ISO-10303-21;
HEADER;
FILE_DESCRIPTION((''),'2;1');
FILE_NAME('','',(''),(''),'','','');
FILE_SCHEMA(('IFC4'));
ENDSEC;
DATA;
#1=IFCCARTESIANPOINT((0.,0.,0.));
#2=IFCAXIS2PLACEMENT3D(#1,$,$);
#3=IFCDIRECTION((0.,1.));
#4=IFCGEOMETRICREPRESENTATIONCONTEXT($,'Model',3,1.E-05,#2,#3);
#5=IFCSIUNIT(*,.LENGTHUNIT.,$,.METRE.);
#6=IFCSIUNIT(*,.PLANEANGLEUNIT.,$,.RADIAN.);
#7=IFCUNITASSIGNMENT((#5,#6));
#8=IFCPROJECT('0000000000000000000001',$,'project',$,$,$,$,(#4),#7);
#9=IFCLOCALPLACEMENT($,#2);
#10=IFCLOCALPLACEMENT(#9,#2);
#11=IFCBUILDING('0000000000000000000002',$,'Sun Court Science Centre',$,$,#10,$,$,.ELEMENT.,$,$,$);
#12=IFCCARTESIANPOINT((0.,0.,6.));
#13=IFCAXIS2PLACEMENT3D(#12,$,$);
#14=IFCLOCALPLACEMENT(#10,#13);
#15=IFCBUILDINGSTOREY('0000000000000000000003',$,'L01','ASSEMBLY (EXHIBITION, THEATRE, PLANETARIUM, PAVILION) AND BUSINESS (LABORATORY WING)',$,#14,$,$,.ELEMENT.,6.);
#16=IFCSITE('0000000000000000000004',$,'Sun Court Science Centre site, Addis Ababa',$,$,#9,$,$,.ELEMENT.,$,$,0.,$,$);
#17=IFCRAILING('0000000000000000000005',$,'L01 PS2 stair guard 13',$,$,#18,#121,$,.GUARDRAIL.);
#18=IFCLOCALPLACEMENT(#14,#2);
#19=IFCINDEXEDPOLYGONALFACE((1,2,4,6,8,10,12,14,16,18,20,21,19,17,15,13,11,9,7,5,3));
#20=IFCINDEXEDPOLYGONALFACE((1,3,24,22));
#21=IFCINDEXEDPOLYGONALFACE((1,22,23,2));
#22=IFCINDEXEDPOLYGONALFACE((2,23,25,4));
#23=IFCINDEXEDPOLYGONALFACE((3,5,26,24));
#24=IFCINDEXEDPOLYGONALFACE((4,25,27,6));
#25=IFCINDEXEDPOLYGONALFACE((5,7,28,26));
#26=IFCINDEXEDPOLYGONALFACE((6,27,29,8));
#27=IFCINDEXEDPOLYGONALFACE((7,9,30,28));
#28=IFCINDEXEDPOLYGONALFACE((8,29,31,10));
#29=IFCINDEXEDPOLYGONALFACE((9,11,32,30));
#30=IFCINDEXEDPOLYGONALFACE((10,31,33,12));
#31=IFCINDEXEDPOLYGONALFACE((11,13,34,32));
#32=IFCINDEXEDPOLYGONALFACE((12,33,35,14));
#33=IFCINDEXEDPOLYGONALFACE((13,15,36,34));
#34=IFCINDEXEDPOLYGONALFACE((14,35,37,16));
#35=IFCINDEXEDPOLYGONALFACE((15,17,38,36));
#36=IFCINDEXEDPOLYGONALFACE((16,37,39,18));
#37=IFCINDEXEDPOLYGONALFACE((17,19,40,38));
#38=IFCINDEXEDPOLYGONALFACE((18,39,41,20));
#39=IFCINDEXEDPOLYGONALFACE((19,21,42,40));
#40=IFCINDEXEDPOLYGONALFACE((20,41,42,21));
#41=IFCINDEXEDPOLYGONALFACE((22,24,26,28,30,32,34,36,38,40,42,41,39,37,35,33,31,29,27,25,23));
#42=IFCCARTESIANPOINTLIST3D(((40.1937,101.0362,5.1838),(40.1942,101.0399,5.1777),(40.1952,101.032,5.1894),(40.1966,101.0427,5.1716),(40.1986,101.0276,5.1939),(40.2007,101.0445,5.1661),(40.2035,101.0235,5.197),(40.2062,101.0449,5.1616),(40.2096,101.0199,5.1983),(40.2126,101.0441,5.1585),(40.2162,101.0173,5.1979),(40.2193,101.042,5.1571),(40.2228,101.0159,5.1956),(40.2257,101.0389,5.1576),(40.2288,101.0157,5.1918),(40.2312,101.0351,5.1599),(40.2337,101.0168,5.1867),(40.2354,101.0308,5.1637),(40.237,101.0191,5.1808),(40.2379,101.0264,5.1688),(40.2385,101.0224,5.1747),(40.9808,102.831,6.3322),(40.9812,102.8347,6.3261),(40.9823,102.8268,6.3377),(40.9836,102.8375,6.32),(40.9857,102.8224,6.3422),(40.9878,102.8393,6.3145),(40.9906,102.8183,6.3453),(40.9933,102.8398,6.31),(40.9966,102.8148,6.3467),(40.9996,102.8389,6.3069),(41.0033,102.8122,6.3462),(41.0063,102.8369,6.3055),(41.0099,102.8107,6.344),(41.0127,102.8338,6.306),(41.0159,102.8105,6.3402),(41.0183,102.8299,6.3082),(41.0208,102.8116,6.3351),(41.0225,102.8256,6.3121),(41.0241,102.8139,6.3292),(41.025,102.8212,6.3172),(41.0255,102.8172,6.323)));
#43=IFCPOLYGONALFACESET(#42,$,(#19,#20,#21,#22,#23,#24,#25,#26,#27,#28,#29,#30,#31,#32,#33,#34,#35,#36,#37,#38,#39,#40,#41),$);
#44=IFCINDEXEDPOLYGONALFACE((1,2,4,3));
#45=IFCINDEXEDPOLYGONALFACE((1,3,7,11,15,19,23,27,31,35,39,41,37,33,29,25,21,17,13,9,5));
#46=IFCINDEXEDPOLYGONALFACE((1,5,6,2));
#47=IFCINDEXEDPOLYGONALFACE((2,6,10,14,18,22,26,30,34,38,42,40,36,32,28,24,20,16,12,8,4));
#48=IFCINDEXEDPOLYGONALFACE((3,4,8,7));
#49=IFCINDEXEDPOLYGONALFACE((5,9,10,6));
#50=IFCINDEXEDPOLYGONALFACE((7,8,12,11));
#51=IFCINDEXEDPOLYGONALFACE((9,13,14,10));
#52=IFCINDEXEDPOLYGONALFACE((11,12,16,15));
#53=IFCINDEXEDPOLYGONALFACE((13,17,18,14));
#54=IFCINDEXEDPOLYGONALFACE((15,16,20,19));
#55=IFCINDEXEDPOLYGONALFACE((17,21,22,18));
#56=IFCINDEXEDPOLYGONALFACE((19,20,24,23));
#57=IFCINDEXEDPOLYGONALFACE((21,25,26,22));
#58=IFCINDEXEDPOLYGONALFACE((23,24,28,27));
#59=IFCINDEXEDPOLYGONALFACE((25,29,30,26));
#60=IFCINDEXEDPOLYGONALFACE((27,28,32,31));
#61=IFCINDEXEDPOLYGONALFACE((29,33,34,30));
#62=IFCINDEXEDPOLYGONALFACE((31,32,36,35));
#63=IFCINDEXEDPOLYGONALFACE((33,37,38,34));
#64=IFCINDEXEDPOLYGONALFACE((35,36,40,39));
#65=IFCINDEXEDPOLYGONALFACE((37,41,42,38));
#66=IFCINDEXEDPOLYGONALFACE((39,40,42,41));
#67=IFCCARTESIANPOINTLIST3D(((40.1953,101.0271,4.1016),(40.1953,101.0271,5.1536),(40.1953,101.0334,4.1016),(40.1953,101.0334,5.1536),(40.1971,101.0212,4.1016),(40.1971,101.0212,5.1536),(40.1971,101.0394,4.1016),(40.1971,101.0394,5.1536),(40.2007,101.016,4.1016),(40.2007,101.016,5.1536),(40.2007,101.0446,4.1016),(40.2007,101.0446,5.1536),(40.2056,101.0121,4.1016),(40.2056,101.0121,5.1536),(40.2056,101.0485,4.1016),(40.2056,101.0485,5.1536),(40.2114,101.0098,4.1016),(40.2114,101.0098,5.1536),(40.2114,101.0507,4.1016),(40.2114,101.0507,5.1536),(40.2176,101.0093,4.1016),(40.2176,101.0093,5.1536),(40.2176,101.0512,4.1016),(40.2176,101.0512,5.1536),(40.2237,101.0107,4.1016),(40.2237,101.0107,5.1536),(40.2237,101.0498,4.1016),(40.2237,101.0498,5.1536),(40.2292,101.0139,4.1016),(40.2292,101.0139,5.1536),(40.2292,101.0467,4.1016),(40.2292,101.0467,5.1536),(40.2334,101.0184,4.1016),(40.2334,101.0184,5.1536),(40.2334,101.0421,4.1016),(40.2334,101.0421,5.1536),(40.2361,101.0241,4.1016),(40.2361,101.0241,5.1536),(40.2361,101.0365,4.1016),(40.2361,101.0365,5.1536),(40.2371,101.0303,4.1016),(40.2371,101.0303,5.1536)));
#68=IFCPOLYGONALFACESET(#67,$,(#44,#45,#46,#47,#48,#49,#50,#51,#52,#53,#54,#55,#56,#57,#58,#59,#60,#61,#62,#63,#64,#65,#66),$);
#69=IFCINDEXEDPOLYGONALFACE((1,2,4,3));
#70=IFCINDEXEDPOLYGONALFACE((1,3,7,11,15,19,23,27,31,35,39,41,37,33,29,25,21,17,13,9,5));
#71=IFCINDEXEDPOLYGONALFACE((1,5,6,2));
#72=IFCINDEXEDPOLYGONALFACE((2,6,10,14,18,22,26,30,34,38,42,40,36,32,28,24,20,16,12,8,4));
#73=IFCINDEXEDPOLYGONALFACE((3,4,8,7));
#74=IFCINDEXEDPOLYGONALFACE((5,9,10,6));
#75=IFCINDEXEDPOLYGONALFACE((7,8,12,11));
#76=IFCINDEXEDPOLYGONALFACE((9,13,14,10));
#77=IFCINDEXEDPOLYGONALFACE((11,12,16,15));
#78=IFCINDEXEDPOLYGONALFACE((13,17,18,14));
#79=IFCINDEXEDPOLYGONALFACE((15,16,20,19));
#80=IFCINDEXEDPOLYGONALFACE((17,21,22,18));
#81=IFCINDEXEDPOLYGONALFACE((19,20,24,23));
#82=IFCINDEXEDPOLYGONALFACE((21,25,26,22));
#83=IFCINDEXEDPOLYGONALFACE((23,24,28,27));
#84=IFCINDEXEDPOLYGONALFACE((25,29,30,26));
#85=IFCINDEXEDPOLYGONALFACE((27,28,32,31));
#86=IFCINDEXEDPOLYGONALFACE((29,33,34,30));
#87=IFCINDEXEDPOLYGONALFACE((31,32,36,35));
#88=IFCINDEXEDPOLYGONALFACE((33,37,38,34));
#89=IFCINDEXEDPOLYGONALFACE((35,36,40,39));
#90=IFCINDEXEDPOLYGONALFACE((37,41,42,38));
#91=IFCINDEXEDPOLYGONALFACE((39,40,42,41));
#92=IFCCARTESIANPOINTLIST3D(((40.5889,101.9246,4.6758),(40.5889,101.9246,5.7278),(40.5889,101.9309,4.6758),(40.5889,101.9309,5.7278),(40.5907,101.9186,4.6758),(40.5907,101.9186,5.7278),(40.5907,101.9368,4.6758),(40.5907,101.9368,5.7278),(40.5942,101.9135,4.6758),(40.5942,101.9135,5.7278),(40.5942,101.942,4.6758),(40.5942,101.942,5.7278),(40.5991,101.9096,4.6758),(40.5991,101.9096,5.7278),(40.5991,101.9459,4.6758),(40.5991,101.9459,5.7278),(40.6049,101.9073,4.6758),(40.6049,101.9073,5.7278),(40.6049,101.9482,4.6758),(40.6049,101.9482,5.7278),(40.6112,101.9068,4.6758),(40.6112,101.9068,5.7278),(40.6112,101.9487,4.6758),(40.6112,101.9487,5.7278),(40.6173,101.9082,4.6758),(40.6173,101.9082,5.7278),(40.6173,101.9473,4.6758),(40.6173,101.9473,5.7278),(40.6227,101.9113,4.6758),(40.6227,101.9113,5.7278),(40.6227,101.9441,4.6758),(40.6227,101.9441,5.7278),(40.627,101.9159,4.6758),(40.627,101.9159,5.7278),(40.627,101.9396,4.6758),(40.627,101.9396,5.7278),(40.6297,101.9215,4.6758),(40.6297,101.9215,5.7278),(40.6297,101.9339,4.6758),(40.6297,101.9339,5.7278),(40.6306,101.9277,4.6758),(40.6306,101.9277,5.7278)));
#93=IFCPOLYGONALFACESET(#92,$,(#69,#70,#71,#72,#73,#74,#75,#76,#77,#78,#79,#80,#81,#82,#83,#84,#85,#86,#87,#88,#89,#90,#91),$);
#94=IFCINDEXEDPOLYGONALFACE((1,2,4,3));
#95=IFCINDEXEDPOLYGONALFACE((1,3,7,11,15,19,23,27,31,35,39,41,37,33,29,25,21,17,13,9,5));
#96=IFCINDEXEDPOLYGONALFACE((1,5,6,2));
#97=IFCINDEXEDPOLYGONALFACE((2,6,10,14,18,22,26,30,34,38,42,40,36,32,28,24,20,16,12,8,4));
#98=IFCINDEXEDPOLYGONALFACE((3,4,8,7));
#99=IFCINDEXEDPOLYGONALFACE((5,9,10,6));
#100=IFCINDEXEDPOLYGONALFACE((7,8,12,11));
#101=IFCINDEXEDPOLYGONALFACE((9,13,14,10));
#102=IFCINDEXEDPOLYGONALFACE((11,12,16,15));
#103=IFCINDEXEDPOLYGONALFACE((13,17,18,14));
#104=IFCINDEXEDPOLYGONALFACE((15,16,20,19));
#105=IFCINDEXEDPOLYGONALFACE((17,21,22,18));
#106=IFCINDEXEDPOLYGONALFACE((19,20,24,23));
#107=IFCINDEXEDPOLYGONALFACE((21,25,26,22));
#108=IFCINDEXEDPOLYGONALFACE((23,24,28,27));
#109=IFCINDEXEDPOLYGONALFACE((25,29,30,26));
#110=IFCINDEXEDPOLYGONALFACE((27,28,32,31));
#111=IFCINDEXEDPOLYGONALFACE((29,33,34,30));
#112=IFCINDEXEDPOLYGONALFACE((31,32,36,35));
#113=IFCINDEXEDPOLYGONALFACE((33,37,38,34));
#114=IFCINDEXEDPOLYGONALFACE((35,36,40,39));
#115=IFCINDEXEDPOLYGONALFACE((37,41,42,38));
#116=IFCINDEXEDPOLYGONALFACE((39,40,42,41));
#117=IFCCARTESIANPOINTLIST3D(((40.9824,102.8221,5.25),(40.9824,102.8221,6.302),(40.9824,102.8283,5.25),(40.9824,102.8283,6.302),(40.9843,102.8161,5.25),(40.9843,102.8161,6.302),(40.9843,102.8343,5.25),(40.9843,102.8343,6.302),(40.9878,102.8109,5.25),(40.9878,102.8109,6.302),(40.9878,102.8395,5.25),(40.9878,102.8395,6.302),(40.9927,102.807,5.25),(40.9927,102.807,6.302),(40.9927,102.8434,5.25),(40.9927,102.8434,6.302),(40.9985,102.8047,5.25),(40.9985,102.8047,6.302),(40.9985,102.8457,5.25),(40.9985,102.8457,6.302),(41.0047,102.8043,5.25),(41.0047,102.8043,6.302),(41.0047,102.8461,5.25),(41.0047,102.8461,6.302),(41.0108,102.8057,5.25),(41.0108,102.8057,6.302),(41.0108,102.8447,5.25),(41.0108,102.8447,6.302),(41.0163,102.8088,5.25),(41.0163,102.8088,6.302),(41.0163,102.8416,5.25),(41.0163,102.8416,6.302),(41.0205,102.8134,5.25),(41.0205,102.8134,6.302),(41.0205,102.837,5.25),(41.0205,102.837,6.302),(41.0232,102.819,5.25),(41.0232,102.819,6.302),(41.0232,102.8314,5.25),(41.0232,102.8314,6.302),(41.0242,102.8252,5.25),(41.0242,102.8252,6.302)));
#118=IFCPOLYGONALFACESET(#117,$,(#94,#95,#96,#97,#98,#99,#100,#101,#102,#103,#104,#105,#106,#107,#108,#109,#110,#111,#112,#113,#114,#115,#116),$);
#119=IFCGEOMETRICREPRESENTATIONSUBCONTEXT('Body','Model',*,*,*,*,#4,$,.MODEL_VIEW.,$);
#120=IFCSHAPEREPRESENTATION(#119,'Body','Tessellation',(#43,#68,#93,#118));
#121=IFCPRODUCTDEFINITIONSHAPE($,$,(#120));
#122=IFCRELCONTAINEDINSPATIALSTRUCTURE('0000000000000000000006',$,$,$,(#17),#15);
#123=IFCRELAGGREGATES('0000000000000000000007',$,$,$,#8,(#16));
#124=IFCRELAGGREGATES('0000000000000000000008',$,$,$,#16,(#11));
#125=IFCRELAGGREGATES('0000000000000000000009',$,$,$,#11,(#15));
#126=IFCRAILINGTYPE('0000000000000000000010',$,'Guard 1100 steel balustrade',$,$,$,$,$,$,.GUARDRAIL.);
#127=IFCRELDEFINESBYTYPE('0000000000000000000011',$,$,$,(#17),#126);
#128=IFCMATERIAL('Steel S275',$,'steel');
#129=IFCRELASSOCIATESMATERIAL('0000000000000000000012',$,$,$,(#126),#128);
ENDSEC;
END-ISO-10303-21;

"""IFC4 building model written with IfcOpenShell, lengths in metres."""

from ifc_helpers import new_model, si_unit, direction, frame, origin, origin_2d, place, context, subcontext, project, spatial, circle, extrude, material, type_object, element, save


model = new_model("IFC4")

# Units and contexts
model_context = context("Model", 3, precision=1e-05, world=origin(), true_north=direction((0.0, 1.0)))
body_context = subcontext(model_context, "Body", "Model", "MODEL_VIEW")
ifc_project = project(units=[si_unit("LENGTHUNIT", "METRE"), si_unit("PLANEANGLEUNIT", "RADIAN")], contexts=[model_context])

# Site, building, storey
site_placement = place(None, origin())
site = spatial("IfcSite", under=ifc_project, at=site_placement, Name="Sun Court Science Centre site, Addis Ababa", CompositionType="ELEMENT", RefElevation=0.0)
building_placement = place(site_placement, origin())
building = spatial("IfcBuilding", under=site, at=building_placement, Name="Sun Court Science Centre", CompositionType="ELEMENT")
storey_placement = place(building_placement, frame((0.0, 0.0, 6.0)))
storey = spatial("IfcBuildingStorey", under=building, at=storey_placement, Name="L01", Description="ASSEMBLY (EXHIBITION, THEATRE, PLANETARIUM, PAVILION) AND BUSINESS (LABORATORY WING)", CompositionType="ELEMENT", Elevation=6.0)

# Railing
ifc_material_1 = material(Name="Steel S275", Category="steel")
railing_type_1 = type_object("IfcRailingType", Name="Guard 1100 steel balustrade", PredefinedType="GUARDRAIL", material=ifc_material_1)
railing_1_placement = place(storey_placement, frame((40.2161, 101.0303, 4.1016)))
element("IfcRailing", 1, at=railing_1_placement, inside=storey, type_object=railing_type_1, Name="L01 PS2 stair guard 13", PredefinedType="GUARDRAIL", context=body_context, shape_type="SweptSolid", body=[
    extrude(circle(Radius=0.0239, at=origin_2d()), frame((0.0, 0.0, 1.0762), z_axis=(0.346499, 0.790155, 0.505562), x_axis=(-0.915814, 0.401603, 0.0)), (0.0, 0.0, 1.0), 2.2715),
    extrude(circle(Radius=0.021, at=origin_2d()), origin(), (0.0, 0.0, 1.0), 1.052),
    extrude(circle(Radius=0.021, at=origin_2d()), frame((0.3936, 0.8975, 0.5742)), (0.0, 0.0, 1.0), 1.052),
    extrude(circle(Radius=0.021, at=origin_2d()), frame((0.7871, 1.7949, 1.1484)), (0.0, 0.0, 1.0), 1.052),
])

save(model, "model.ifc")
